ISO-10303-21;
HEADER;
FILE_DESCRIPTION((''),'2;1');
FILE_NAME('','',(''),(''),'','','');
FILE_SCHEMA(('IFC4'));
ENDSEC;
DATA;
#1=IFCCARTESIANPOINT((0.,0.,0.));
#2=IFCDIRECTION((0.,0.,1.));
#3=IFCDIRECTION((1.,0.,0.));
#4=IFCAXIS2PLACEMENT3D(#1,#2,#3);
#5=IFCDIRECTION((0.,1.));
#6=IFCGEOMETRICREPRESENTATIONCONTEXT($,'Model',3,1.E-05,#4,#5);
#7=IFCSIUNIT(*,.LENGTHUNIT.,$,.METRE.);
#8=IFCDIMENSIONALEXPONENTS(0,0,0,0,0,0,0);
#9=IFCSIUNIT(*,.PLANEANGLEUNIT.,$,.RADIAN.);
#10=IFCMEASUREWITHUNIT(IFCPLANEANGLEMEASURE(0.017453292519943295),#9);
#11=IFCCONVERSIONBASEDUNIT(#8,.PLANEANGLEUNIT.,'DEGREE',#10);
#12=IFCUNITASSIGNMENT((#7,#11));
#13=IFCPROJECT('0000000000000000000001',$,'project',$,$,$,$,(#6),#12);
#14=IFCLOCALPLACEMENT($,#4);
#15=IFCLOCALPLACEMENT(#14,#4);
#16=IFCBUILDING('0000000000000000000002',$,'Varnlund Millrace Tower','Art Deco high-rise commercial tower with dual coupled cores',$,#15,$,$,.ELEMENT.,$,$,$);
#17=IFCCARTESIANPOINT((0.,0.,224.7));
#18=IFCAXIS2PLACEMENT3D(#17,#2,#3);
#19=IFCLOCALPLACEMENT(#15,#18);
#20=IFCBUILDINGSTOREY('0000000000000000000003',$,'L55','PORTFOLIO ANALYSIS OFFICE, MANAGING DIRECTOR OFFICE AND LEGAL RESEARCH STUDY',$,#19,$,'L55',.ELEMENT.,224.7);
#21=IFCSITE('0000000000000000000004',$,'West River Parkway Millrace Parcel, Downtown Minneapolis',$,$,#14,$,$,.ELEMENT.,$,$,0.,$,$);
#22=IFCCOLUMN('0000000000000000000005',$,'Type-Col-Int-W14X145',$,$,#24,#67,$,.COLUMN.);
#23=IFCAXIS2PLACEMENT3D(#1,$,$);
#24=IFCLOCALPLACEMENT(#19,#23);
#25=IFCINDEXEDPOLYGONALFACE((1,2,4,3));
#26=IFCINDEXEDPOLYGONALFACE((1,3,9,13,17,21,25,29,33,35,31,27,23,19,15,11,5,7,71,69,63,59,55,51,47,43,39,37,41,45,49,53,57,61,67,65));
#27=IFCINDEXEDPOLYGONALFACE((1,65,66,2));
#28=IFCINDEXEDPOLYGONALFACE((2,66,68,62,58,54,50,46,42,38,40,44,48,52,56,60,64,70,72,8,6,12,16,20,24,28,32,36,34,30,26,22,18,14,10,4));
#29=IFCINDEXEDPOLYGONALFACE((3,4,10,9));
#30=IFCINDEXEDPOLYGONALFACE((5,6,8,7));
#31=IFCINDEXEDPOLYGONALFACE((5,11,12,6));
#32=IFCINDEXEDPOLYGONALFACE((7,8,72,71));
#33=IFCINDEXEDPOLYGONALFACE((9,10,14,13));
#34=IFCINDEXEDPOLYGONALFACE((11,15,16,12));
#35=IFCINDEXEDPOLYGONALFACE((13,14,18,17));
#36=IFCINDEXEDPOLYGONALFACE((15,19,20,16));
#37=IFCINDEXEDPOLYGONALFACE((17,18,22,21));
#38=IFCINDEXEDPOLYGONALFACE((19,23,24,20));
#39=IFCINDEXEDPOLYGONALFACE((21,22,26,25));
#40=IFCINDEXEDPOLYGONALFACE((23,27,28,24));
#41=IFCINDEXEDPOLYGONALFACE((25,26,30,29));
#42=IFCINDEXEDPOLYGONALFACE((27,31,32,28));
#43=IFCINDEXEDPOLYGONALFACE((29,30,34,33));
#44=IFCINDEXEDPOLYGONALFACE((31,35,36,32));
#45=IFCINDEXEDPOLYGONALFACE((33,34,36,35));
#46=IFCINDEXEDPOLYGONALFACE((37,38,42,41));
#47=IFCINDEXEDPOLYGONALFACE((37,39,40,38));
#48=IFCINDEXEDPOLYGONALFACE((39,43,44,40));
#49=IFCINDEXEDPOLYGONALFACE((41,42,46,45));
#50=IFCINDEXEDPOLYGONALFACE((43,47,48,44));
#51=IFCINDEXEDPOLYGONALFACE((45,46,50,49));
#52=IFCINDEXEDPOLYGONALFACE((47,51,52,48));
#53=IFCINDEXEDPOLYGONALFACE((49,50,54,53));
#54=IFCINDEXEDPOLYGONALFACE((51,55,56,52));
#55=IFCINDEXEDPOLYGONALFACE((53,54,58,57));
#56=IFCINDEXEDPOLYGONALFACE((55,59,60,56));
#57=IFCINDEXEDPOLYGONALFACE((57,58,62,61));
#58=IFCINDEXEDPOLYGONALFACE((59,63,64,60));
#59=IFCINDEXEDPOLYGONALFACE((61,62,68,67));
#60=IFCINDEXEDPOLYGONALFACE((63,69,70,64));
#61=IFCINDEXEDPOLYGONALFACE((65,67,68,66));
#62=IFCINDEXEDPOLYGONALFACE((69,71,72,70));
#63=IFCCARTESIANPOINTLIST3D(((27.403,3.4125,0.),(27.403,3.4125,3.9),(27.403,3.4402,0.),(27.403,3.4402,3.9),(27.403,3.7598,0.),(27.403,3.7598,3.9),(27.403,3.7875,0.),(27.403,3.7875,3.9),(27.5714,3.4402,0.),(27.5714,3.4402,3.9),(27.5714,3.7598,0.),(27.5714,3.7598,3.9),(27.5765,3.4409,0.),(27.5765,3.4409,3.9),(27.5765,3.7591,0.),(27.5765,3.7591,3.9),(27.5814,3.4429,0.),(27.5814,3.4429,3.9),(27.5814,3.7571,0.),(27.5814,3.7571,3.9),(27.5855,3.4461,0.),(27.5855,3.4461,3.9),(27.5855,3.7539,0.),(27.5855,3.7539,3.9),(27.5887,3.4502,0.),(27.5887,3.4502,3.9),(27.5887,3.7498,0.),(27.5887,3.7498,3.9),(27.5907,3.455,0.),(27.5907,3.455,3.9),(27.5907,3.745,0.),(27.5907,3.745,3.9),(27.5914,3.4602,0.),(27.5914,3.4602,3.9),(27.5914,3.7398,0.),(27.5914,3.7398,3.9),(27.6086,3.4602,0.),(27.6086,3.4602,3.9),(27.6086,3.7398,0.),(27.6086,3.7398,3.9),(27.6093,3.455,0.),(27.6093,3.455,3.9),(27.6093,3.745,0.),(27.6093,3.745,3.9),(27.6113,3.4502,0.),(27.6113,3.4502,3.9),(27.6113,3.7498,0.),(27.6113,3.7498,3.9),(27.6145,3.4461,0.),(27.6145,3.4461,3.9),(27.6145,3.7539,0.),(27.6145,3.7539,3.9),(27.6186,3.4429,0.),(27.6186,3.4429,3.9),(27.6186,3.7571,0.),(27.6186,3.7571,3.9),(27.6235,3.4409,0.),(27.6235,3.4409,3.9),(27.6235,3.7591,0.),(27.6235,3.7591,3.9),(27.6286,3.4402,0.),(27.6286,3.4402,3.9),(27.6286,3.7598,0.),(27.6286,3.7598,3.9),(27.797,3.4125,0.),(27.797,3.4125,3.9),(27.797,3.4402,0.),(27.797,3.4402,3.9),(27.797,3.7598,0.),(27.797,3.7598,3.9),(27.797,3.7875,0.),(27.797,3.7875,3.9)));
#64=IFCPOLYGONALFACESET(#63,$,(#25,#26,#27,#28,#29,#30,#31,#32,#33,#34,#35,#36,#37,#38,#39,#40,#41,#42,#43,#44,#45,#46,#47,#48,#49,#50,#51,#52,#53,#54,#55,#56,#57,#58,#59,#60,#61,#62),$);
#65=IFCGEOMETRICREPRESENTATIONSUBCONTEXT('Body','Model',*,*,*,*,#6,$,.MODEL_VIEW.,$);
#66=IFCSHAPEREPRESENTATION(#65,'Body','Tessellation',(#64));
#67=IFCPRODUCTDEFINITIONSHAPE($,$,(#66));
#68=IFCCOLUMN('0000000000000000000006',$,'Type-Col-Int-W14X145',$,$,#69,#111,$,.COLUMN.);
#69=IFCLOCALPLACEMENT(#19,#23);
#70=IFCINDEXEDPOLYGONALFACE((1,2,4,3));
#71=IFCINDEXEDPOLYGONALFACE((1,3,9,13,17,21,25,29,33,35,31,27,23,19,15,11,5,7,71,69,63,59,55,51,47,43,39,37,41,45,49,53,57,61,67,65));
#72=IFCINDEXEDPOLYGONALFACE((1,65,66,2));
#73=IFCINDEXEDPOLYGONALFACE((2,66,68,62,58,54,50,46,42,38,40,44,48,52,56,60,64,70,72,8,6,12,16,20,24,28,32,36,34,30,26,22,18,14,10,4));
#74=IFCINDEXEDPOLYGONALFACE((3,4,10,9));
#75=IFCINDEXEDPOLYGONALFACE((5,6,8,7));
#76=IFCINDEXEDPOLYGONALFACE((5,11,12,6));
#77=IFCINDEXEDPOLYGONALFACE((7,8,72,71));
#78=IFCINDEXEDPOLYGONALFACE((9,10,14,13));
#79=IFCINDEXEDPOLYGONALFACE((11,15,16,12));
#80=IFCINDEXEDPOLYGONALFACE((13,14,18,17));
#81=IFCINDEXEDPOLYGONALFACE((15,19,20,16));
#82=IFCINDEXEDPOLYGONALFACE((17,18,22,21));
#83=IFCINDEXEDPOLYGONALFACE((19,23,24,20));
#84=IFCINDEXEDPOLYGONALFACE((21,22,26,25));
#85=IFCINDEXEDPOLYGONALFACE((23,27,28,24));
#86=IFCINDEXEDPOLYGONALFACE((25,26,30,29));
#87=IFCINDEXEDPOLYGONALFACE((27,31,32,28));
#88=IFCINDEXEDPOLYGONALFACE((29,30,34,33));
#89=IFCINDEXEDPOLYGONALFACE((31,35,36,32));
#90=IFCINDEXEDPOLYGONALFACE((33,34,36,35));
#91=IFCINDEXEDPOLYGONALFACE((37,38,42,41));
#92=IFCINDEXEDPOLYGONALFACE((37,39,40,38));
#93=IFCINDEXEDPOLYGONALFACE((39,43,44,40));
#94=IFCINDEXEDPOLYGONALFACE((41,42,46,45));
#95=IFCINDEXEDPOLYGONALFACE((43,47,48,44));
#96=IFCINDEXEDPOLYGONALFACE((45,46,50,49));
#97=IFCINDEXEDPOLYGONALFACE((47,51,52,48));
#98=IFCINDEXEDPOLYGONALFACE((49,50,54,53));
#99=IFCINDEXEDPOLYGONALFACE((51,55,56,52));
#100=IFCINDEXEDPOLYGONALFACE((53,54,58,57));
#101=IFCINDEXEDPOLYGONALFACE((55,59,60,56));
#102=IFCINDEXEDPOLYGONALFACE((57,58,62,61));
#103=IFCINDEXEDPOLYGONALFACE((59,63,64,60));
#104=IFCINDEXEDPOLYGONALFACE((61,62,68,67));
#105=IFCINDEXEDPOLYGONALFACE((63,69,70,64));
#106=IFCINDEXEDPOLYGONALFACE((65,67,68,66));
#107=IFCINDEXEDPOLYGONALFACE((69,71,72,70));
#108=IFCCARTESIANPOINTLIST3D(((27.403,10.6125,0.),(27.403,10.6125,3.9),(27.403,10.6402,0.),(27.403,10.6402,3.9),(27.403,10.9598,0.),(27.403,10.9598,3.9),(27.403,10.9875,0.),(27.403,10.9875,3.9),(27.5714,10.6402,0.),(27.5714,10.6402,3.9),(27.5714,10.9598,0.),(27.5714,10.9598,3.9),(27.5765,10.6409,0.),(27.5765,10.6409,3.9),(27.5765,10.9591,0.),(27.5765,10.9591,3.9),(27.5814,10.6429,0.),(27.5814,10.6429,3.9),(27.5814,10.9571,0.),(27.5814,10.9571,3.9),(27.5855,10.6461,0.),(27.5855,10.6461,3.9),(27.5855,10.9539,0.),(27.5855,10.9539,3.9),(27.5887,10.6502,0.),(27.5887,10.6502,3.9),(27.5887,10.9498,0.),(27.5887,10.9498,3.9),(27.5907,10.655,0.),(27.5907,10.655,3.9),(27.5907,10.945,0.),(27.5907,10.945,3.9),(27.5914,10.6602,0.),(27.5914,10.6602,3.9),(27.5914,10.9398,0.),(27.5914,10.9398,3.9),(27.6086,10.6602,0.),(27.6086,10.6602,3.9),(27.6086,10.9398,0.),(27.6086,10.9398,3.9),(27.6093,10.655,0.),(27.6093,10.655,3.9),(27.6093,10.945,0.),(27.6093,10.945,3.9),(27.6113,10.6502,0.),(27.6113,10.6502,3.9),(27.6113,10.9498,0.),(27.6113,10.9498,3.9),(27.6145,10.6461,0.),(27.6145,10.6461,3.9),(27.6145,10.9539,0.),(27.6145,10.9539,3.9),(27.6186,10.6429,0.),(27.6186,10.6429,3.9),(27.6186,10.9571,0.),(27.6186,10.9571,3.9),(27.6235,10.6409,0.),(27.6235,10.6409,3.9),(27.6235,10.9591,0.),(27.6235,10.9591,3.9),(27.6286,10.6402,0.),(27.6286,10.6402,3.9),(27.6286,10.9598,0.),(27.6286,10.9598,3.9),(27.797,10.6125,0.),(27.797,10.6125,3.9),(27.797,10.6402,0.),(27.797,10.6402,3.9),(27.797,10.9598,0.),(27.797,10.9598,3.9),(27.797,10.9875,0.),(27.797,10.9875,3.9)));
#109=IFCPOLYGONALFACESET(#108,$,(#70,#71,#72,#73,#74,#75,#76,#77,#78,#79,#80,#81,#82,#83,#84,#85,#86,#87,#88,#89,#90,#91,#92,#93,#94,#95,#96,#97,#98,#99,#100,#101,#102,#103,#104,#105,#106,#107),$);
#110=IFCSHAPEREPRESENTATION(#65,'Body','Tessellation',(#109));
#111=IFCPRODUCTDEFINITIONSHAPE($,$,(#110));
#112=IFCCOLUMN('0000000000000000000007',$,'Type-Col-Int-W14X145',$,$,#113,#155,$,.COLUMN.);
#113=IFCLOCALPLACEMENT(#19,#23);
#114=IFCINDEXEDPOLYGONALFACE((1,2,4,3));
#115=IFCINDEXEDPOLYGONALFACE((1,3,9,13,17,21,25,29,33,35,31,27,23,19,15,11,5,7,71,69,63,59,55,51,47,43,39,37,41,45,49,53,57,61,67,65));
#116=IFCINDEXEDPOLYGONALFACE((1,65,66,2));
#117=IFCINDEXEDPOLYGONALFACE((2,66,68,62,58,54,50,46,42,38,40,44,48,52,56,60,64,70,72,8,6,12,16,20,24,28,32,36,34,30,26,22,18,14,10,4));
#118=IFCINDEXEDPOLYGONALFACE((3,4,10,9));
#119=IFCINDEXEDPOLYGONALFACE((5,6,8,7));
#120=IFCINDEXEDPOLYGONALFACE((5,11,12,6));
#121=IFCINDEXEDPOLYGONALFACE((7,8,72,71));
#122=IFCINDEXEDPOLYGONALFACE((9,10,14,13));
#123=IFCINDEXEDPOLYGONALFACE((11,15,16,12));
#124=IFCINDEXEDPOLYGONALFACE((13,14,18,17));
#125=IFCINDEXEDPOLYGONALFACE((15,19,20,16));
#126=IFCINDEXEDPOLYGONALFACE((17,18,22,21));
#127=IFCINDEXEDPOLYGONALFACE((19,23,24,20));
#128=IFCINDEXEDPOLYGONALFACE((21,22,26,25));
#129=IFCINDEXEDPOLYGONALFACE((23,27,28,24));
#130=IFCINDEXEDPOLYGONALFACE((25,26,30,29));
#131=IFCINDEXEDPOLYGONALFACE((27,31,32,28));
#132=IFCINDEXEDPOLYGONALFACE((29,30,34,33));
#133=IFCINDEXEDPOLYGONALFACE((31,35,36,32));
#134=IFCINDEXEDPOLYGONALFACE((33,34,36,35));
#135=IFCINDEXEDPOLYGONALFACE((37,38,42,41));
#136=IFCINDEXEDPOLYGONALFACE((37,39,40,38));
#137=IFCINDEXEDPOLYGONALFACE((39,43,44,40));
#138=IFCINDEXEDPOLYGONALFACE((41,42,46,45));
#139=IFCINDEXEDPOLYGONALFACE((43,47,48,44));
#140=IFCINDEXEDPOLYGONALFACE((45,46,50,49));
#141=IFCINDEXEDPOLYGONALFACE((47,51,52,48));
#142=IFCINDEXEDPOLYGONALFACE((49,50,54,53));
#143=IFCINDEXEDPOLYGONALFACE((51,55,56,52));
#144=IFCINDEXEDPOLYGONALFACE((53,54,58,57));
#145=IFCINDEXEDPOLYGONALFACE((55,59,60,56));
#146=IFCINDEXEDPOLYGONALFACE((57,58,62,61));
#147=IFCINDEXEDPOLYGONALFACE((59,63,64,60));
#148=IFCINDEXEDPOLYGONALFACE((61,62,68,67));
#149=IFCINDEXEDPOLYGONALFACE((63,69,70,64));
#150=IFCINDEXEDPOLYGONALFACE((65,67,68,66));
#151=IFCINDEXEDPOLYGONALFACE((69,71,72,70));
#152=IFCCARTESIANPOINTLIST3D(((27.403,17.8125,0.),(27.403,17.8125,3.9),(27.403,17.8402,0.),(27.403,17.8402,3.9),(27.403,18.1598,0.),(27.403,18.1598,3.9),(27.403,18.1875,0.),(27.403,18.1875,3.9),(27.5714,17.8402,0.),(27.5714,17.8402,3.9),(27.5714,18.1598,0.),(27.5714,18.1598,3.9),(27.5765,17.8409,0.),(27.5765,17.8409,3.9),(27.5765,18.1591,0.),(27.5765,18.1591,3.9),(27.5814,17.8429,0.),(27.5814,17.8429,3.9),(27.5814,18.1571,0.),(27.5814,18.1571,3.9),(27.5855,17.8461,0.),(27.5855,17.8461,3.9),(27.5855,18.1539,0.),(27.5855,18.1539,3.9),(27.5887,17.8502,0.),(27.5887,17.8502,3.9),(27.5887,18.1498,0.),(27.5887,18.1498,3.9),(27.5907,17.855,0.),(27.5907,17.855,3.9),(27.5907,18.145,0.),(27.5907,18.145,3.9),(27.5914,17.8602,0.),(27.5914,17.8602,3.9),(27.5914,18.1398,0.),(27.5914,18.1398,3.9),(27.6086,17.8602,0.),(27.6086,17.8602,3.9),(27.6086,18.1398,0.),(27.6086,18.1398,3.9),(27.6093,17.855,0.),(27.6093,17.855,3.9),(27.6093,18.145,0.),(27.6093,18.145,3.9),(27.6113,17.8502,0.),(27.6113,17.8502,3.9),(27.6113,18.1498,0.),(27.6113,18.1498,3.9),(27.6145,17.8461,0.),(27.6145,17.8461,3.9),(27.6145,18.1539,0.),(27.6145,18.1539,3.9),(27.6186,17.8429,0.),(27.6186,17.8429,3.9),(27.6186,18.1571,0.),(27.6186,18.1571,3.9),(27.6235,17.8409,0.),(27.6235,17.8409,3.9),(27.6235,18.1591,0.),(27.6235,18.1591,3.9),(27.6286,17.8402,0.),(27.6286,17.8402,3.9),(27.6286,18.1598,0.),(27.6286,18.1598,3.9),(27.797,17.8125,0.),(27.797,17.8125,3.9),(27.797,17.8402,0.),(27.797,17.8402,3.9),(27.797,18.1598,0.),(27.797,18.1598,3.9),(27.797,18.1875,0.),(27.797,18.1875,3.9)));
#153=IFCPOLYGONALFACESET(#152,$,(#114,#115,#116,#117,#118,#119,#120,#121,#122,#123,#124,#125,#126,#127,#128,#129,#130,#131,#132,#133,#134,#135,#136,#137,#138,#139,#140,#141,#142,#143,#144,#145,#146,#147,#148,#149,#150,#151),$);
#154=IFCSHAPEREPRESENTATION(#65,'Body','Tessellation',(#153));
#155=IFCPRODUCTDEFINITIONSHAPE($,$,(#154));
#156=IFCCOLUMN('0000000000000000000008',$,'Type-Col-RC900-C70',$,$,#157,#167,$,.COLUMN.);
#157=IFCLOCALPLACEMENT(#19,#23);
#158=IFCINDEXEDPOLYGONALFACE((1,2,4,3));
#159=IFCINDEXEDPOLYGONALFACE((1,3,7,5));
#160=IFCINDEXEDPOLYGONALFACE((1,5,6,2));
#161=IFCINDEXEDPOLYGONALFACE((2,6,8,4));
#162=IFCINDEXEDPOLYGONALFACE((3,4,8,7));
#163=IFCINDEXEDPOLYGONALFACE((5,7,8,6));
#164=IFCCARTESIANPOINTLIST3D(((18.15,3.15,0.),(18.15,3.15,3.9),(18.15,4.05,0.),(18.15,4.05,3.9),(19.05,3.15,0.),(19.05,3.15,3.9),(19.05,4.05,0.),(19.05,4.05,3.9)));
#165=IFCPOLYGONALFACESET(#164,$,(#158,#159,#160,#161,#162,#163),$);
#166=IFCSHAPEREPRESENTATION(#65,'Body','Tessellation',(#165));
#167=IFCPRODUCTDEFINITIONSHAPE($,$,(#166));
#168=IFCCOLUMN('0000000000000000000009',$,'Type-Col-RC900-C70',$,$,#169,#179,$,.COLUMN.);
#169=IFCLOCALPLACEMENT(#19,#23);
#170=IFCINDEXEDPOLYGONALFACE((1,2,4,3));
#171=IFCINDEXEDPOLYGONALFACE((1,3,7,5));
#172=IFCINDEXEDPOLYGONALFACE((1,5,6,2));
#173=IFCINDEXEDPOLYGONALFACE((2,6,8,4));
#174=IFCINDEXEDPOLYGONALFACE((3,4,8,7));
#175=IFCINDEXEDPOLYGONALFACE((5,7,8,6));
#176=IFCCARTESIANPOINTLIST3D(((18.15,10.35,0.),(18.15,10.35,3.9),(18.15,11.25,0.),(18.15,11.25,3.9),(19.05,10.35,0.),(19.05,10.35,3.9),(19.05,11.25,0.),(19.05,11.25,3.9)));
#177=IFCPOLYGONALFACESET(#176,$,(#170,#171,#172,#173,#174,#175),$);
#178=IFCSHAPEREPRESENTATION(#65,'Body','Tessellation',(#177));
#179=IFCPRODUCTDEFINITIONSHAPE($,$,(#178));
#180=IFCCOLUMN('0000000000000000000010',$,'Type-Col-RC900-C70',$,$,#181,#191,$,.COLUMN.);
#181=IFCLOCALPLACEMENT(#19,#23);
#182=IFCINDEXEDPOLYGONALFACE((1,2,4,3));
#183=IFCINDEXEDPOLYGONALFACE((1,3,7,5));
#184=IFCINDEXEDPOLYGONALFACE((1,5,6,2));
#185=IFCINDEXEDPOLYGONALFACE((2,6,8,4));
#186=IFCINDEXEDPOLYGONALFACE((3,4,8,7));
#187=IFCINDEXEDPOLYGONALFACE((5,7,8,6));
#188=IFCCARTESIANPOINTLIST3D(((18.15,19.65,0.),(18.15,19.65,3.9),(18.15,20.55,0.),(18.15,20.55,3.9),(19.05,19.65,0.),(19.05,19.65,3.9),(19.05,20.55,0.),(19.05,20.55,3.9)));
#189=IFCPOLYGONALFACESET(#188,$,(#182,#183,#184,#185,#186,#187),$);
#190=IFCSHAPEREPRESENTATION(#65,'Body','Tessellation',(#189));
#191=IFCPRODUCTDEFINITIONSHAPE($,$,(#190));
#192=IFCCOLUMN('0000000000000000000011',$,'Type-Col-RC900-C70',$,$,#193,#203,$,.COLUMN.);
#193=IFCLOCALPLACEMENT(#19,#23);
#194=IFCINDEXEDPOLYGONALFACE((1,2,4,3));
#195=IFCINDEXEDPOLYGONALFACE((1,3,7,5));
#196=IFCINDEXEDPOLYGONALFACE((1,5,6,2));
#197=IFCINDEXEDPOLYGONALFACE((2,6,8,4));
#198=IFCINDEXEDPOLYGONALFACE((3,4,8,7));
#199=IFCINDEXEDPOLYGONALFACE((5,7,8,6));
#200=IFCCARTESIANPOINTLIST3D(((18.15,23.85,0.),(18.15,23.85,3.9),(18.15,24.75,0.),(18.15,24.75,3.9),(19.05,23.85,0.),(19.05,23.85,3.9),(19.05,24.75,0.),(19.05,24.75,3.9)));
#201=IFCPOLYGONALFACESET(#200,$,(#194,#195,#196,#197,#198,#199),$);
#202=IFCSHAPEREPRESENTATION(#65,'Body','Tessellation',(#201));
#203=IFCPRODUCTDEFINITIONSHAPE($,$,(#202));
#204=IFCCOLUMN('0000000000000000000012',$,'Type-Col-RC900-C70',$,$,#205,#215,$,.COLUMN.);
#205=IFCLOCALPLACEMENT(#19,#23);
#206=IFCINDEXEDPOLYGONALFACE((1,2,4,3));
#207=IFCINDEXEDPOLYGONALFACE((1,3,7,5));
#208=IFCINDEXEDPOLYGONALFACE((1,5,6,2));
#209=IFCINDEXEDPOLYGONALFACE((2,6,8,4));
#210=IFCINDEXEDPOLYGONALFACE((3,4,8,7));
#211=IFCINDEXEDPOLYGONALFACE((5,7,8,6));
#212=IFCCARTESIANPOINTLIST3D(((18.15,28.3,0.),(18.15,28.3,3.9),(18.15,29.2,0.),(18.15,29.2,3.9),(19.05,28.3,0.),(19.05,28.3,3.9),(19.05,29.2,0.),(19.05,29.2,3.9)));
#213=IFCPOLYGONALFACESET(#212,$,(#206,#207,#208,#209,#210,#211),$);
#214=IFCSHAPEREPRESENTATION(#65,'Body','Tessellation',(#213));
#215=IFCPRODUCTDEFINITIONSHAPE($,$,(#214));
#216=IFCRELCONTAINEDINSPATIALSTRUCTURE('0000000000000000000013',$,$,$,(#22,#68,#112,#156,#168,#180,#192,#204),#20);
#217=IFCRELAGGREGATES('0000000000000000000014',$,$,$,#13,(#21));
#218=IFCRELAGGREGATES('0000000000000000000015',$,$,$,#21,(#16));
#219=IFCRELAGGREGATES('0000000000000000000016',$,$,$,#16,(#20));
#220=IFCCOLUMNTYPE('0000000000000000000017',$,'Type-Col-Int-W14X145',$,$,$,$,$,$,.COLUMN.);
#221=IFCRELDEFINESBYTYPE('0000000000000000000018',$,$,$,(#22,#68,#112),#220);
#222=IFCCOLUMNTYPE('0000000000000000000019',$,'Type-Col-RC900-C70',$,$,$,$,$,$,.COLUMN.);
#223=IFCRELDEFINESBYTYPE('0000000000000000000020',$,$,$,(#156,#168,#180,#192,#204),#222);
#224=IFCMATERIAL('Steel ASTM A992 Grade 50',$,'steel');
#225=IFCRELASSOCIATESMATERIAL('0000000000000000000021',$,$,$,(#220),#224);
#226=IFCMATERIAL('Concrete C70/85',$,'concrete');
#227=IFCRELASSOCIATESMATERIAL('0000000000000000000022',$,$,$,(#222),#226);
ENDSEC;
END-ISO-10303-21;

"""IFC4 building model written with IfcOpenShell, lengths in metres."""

from ifc_helpers import new_model, entity, si_unit, converted_unit, direction, frame, origin_with_axes, origin_2d_with_axis, place, context, subcontext, project, spatial, rectangle, i_section, extrude, material, material_profile, profile_set, type_object, element, save


model = new_model("IFC4")

# Units and contexts
model_context = context("Model", 3, precision=1e-05, world=origin_with_axes(), true_north=direction((0.0, 1.0)))
body_context = subcontext(model_context, "Body", "Model", "MODEL_VIEW")
ifc_project = project(units=[si_unit("LENGTHUNIT", "METRE"), converted_unit("PLANEANGLEUNIT", "DEGREE", entity("IfcPlaneAngleMeasure", 0.017453292519943295), si_unit("PLANEANGLEUNIT", "RADIAN"), dimensions=[0, 0, 0, 0, 0, 0, 0])], contexts=[model_context])

# Site, building, storey
site_placement = place(None, origin_with_axes())
site = spatial("IfcSite", under=ifc_project, at=site_placement, Name="West River Parkway Millrace Parcel, Downtown Minneapolis", CompositionType="ELEMENT", RefElevation=0.0)
building_placement = place(site_placement, origin_with_axes())
building = spatial("IfcBuilding", under=site, at=building_placement, Name="Varnlund Millrace Tower", Description="Art Deco high-rise commercial tower with dual coupled cores", CompositionType="ELEMENT")
storey_placement = place(building_placement, frame((0.0, 0.0, 224.7), z_axis=(0.0, 0.0, 1.0), x_axis=(1.0, 0.0, 0.0)))
storey = spatial("IfcBuildingStorey", under=building, at=storey_placement, Name="L55", Description="PORTFOLIO ANALYSIS OFFICE, MANAGING DIRECTOR OFFICE AND LEGAL RESEARCH STUDY", LongName="L55", CompositionType="ELEMENT", Elevation=224.7)

# Columns
ifc_material_1 = material(Name="Steel ASTM A992 Grade 50", Category="steel")
ifc_material_profile_1 = material_profile(ifc_material_1, i_section(OverallWidth=0.394, OverallDepth=0.375, WebThickness=0.0173, FlangeThickness=0.0277, FilletRadius=0.02, at=origin_2d_with_axis()), Name="Steel ASTM A992 Grade 50")
ifc_profile_set_1 = profile_set([ifc_material_profile_1], Name="Steel ASTM A992 Grade 50")
column_type_1 = type_object("IfcColumnType", Name="Type-Col-Int-W14X145", PredefinedType="COLUMN", material=ifc_profile_set_1)
for number, where, z_axis, x_axis, name in (
    (1, (27.6, 3.6, 0.0), (0.0, 0.0, 1.0), (1.0, 0.0, 0.0), "Type-Col-Int-W14X145"),
    (2, (27.6, 10.8, 0.0), (0.0, 0.0, 1.0), (1.0, 0.0, 0.0), "Type-Col-Int-W14X145"),
    (3, (27.6, 18.0, 0.0), (0.0, 0.0, 1.0), (1.0, 0.0, 0.0), "Type-Col-Int-W14X145"),
):
    element("IfcColumn", number, at=place(storey_placement, frame(where, z_axis=z_axis, x_axis=x_axis)), inside=storey, type_object=column_type_1, Name=name, PredefinedType="COLUMN", context=body_context, shape_type="SweptSolid", body=[
        extrude(i_section(OverallWidth=0.394, OverallDepth=0.375, WebThickness=0.0173, FlangeThickness=0.0277, FilletRadius=0.02, at=origin_2d_with_axis()), origin_with_axes(), (0.0, 0.0, 1.0), 3.9),
    ])
ifc_material_2 = material(Name="Concrete C70/85", Category="concrete")
ifc_material_profile_2 = material_profile(ifc_material_2, rectangle(XDim=0.9, YDim=0.9, at=origin_2d_with_axis()), Name="Concrete C70/85")
ifc_profile_set_2 = profile_set([ifc_material_profile_2], Name="Concrete C70/85")
column_type_2 = type_object("IfcColumnType", Name="Type-Col-RC900-C70", PredefinedType="COLUMN", material=ifc_profile_set_2)
for number, where, z_axis, x_axis, name in (
    (4, (18.6, 3.6, 0.0), (0.0, 0.0, 1.0), (1.0, 0.0, 0.0), "Type-Col-RC900-C70"),
    (5, (18.6, 10.8, 0.0), (0.0, 0.0, 1.0), (1.0, 0.0, 0.0), "Type-Col-RC900-C70"),
    (6, (18.6, 20.1, 0.0), (0.0, 0.0, 1.0), (1.0, 0.0, 0.0), "Type-Col-RC900-C70"),
    (7, (18.6, 24.3, 0.0), (0.0, 0.0, 1.0), (1.0, 0.0, 0.0), "Type-Col-RC900-C70"),
    (8, (18.6, 28.75, 0.0), (0.0, 0.0, 1.0), (1.0, 0.0, 0.0), "Type-Col-RC900-C70"),
):
    element("IfcColumn", number, at=place(storey_placement, frame(where, z_axis=z_axis, x_axis=x_axis)), inside=storey, type_object=column_type_2, Name=name, PredefinedType="COLUMN", context=body_context, shape_type="SweptSolid", body=[
        extrude(rectangle(XDim=0.9, YDim=0.9, at=origin_2d_with_axis()), origin_with_axes(), (0.0, 0.0, 1.0), 3.9),
    ])

save(model, "model.ifc")
